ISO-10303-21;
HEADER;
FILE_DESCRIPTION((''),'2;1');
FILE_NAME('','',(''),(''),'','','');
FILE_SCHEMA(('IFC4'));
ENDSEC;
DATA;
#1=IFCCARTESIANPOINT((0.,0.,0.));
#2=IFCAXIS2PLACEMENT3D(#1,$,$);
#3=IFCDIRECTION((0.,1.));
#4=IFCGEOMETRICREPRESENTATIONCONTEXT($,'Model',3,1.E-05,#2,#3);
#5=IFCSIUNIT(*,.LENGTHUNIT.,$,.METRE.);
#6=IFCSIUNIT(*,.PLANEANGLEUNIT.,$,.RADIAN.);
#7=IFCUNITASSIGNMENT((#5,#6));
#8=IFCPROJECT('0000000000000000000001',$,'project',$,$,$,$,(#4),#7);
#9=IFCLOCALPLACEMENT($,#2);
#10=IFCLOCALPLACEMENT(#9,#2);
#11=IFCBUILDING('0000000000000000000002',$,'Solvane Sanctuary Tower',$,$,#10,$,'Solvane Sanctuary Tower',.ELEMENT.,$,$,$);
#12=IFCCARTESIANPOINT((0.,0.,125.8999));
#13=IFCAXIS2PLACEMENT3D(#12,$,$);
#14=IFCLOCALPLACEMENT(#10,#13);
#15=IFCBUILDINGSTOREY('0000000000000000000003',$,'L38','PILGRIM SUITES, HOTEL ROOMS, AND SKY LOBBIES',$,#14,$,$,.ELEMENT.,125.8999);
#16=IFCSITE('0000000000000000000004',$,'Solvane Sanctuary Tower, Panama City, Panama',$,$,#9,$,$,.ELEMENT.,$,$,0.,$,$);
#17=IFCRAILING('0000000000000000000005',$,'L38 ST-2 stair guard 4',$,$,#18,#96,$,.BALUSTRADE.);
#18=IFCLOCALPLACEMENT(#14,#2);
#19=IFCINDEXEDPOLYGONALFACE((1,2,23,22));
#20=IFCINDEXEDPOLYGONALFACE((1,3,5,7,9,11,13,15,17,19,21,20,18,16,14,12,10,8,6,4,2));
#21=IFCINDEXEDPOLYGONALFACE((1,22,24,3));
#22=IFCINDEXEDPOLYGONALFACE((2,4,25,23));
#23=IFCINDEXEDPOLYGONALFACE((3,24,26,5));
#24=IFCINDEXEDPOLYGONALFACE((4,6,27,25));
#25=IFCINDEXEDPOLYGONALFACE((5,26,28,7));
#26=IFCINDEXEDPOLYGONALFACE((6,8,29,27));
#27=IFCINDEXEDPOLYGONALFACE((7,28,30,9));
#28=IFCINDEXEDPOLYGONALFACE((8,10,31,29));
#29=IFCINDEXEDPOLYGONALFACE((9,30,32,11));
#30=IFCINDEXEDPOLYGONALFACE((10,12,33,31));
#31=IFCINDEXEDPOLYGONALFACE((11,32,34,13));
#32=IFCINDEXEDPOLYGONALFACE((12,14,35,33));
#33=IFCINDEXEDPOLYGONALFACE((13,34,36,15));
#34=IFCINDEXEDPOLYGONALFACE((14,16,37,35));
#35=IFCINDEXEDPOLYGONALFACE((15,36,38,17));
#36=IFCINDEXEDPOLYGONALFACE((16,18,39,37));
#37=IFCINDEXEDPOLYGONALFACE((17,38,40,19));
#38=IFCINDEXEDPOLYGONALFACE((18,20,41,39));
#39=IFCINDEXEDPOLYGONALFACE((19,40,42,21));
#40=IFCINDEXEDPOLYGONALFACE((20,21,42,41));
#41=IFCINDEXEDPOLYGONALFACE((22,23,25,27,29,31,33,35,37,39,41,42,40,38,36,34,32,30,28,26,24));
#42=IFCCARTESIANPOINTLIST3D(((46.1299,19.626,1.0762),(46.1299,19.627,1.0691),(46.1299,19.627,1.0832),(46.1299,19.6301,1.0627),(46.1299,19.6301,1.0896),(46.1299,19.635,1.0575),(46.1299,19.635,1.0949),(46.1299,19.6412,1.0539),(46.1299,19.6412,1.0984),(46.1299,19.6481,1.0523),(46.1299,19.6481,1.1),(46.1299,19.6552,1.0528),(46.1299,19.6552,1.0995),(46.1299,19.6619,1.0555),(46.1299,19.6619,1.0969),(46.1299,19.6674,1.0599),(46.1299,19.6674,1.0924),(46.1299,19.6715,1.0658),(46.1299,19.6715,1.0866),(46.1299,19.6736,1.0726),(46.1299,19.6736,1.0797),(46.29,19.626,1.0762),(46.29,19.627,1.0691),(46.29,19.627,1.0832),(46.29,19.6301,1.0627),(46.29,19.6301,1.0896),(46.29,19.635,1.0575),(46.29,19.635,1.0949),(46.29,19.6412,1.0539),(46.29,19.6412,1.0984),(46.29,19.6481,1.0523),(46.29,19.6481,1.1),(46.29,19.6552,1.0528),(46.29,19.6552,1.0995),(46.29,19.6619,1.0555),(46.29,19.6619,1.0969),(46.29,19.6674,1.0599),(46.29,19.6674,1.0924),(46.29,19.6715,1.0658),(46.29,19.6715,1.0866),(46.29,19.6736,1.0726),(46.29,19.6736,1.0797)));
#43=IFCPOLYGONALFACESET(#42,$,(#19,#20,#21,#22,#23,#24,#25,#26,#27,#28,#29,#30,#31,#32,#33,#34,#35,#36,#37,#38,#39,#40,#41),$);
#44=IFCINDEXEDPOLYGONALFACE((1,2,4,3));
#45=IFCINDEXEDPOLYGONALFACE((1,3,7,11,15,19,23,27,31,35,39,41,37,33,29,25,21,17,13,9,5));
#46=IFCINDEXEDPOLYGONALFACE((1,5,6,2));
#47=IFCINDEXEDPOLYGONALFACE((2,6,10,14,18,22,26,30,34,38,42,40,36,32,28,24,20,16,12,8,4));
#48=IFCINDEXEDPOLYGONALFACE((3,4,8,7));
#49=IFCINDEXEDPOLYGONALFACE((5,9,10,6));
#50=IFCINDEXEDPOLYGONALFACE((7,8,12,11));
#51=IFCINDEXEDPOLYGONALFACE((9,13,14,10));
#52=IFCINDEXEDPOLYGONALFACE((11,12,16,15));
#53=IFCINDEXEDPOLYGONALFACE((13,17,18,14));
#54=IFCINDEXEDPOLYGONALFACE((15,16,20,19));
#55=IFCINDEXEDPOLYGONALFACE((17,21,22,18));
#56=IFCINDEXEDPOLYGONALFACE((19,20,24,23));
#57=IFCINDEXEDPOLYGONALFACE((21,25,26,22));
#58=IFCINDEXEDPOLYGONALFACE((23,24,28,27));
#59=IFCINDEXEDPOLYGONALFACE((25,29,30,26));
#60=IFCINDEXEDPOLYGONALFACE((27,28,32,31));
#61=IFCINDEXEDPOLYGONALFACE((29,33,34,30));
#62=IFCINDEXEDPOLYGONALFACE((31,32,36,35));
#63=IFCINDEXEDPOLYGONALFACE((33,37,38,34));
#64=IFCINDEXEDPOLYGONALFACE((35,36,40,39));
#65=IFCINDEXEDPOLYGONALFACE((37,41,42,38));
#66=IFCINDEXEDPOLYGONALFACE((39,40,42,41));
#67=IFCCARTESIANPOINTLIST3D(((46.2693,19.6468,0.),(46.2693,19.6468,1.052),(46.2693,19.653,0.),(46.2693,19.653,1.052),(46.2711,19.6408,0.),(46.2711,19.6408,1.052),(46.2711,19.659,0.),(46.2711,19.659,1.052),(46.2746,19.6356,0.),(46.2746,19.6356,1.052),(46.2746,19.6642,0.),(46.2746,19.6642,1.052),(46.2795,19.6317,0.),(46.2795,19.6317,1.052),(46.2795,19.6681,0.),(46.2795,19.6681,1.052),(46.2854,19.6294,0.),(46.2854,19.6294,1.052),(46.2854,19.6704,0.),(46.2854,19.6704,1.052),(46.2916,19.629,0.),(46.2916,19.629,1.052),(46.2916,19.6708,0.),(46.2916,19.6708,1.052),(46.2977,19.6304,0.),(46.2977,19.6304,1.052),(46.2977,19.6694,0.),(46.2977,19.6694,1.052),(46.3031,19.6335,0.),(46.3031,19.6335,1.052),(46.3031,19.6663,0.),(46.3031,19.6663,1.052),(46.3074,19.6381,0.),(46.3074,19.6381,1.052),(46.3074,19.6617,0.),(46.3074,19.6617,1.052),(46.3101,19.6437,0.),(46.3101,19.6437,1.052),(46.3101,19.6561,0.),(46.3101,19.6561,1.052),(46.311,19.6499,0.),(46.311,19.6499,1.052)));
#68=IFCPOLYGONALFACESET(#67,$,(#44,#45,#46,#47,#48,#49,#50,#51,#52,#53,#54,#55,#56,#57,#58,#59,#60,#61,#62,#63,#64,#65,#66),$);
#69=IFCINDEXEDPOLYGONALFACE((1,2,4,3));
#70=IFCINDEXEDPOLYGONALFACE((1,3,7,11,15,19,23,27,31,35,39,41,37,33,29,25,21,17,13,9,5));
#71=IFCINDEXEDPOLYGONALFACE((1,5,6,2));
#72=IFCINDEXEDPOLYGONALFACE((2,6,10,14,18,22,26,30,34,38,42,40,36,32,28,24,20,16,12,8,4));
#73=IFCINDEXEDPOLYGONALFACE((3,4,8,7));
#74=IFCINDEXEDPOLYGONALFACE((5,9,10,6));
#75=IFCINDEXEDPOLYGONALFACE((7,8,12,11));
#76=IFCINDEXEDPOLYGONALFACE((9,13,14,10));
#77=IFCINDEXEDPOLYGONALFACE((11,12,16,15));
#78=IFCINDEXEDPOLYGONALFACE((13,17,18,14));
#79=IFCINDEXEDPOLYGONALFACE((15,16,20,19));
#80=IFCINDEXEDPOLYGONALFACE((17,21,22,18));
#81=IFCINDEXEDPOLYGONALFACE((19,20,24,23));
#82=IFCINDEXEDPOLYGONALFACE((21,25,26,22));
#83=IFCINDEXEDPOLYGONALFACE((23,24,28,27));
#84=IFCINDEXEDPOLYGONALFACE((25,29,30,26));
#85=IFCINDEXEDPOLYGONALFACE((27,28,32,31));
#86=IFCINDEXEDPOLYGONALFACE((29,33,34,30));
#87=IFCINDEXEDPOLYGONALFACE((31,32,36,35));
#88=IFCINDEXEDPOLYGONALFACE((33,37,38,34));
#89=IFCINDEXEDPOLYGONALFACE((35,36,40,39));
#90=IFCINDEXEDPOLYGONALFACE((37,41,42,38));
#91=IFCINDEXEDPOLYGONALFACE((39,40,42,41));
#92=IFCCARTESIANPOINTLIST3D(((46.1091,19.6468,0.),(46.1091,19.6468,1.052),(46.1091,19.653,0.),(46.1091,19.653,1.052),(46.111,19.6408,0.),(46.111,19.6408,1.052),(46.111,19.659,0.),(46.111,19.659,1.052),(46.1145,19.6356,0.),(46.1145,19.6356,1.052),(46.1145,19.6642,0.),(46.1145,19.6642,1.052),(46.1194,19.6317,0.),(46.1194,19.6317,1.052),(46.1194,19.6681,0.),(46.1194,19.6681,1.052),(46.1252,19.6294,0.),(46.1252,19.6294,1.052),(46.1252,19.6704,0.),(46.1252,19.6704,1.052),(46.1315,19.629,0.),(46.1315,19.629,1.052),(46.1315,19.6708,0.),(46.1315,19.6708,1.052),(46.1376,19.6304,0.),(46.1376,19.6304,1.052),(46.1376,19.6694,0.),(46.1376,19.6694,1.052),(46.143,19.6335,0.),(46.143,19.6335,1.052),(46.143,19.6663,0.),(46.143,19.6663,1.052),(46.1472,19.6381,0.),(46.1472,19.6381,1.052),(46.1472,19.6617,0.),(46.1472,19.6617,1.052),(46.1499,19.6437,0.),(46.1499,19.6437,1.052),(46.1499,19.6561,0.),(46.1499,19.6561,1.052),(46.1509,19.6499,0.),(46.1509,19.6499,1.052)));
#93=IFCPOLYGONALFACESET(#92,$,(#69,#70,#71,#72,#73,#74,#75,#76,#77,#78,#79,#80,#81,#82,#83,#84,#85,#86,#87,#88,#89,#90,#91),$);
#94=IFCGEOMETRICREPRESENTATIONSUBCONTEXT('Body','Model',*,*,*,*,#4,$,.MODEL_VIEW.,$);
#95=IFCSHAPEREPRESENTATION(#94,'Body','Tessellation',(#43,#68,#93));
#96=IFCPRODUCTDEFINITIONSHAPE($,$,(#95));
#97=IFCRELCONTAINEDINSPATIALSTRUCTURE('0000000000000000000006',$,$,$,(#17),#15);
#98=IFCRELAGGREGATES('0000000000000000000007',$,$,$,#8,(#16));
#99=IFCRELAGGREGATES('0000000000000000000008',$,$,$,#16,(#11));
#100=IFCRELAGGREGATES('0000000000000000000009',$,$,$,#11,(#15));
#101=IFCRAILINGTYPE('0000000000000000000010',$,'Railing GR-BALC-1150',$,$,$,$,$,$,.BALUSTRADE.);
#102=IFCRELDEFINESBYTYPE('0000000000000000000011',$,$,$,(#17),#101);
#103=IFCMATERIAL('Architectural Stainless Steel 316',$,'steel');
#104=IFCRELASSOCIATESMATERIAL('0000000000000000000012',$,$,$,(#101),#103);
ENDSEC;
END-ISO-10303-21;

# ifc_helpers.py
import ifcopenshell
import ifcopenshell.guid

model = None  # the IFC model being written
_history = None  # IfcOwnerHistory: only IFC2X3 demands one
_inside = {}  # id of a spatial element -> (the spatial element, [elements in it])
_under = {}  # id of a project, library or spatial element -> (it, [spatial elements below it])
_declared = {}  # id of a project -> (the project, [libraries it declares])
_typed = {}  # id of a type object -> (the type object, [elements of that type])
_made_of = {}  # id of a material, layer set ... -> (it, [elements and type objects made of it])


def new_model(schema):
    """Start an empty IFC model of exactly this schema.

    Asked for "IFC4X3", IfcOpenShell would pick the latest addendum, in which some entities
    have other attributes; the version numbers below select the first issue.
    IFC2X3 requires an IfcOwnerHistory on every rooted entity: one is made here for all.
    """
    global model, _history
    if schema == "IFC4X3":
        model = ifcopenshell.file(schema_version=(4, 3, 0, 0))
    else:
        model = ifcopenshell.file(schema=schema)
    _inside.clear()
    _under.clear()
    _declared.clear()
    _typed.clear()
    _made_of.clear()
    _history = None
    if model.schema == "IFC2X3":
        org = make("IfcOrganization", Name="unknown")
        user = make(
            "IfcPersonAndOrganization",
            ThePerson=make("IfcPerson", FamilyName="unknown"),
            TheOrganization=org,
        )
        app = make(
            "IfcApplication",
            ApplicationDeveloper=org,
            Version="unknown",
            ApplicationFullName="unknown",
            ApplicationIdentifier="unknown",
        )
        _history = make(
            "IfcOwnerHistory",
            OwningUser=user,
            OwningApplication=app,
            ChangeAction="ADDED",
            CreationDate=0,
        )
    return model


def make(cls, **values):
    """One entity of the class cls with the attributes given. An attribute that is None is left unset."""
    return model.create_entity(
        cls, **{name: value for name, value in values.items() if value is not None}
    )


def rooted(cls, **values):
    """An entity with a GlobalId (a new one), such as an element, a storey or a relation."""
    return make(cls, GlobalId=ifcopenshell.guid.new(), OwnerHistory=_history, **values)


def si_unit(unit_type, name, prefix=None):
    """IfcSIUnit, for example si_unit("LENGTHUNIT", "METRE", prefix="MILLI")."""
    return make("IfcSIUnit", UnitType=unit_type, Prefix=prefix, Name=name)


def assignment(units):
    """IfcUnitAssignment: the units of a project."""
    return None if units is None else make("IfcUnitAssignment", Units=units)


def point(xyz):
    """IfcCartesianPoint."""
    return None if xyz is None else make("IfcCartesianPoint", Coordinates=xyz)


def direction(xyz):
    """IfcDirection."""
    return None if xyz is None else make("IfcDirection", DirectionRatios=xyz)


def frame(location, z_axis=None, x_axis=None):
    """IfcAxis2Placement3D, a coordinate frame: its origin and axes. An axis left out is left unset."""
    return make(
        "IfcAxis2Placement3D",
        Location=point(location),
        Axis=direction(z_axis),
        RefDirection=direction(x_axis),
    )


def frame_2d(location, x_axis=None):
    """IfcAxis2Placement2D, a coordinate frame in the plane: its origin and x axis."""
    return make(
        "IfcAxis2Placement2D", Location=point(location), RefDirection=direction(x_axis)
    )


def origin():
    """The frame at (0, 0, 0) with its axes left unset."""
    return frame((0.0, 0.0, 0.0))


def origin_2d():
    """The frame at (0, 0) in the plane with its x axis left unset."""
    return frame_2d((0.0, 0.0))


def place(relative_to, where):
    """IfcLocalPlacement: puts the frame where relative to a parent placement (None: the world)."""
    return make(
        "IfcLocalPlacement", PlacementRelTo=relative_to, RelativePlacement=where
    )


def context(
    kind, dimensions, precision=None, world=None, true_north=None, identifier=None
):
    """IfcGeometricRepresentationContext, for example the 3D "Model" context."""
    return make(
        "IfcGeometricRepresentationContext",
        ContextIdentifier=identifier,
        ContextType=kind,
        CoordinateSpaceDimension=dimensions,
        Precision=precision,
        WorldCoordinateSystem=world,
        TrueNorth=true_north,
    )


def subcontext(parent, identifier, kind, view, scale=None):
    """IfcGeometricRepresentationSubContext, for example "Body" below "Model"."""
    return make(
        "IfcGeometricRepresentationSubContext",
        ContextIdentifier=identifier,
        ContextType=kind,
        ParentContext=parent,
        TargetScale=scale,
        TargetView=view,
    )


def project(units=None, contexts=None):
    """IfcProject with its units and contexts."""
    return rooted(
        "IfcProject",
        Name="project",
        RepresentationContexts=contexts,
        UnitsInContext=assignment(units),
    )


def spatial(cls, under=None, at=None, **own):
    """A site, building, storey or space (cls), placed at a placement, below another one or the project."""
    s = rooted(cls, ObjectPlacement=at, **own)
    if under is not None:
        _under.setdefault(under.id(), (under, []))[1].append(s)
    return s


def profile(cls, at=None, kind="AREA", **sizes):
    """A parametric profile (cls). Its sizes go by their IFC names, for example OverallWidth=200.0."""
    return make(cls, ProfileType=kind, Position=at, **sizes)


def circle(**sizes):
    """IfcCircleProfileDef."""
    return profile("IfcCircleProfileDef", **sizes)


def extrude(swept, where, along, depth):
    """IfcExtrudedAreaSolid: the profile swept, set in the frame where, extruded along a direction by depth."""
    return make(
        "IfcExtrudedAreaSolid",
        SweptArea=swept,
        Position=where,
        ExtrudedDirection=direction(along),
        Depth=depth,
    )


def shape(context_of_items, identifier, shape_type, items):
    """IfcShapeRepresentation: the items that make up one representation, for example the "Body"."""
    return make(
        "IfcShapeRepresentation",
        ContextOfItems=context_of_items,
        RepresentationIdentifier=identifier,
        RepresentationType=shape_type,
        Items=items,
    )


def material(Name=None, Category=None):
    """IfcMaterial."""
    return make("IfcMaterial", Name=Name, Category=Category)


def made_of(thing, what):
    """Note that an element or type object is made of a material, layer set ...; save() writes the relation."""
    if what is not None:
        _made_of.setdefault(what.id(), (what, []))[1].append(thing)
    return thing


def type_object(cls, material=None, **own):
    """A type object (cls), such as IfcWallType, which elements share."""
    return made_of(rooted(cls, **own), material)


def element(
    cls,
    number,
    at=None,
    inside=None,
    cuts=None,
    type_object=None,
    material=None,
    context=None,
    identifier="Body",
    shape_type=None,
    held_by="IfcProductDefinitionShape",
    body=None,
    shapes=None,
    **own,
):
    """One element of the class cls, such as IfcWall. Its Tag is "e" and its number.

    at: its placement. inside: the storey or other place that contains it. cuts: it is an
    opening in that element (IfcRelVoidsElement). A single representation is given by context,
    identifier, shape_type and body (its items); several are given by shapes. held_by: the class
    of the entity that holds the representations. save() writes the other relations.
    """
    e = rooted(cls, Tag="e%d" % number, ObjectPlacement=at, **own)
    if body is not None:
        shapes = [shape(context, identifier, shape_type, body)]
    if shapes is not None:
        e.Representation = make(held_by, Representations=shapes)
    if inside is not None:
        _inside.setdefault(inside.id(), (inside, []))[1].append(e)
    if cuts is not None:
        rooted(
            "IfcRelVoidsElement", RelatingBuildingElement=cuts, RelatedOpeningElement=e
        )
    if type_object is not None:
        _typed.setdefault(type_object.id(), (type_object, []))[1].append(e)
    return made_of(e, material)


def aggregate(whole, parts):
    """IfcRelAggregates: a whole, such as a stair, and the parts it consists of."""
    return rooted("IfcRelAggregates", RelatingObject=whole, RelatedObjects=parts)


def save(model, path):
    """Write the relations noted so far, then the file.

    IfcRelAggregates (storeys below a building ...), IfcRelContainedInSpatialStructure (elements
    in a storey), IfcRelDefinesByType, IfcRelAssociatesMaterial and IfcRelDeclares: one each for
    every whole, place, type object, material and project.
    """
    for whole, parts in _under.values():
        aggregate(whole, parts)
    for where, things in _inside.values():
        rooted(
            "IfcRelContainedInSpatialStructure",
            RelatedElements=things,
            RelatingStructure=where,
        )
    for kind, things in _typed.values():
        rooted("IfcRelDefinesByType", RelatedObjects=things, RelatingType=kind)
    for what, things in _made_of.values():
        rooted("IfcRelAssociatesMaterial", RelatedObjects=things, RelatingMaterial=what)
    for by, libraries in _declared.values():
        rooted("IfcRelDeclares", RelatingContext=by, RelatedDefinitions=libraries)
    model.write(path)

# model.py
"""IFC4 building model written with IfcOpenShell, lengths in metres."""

from ifc_helpers import new_model, si_unit, direction, frame, origin, origin_2d, place, context, subcontext, project, spatial, circle, extrude, material, type_object, element, save


model = new_model("IFC4")

# Units and contexts
model_context = context("Model", 3, precision=1e-05, world=origin(), true_north=direction((0.0, 1.0)))
body_context = subcontext(model_context, "Body", "Model", "MODEL_VIEW")
ifc_project = project(units=[si_unit("LENGTHUNIT", "METRE"), si_unit("PLANEANGLEUNIT", "RADIAN")], contexts=[model_context])

# Site, building, storey
site_placement = place(None, origin())
site = spatial("IfcSite", under=ifc_project, at=site_placement, Name="Solvane Sanctuary Tower, Panama City, Panama", CompositionType="ELEMENT", RefElevation=0.0)
building_placement = place(site_placement, origin())
building = spatial("IfcBuilding", under=site, at=building_placement, Name="Solvane Sanctuary Tower", LongName="Solvane Sanctuary Tower", CompositionType="ELEMENT")
storey_placement = place(building_placement, frame((0.0, 0.0, 125.8999)))
storey = spatial("IfcBuildingStorey", under=building, at=storey_placement, Name="L38", Description="PILGRIM SUITES, HOTEL ROOMS, AND SKY LOBBIES", CompositionType="ELEMENT", Elevation=125.8999)

# Shared definitions
ifc_material_1 = material(Name="Architectural Stainless Steel 316", Category="steel")

# Railing
railing_type_1 = type_object("IfcRailingType", Name="Railing GR-BALC-1150", PredefinedType="BALUSTRADE", material=ifc_material_1)
railing_1_placement = place(storey_placement, frame((46.29, 19.6499, 0.0)))
element("IfcRailing", 1, at=railing_1_placement, inside=storey, type_object=railing_type_1, Name="L38 ST-2 stair guard 4", PredefinedType="BALUSTRADE", context=body_context, shape_type="SweptSolid", body=[
    extrude(circle(Radius=0.0239, at=origin_2d()), frame((0.0, 0.0, 1.0762), z_axis=(-1.0, 0.0, 0.0), x_axis=(0.0, -1.0, 0.0)), (0.0, 0.0, 1.0), 0.1602),
    extrude(circle(Radius=0.021, at=origin_2d()), origin(), (0.0, 0.0, 1.0), 1.052),
    extrude(circle(Radius=0.021, at=origin_2d()), frame((-0.1602, 0.0, 0.0)), (0.0, 0.0, 1.0), 1.052),
])

save(model, "model.ifc")
